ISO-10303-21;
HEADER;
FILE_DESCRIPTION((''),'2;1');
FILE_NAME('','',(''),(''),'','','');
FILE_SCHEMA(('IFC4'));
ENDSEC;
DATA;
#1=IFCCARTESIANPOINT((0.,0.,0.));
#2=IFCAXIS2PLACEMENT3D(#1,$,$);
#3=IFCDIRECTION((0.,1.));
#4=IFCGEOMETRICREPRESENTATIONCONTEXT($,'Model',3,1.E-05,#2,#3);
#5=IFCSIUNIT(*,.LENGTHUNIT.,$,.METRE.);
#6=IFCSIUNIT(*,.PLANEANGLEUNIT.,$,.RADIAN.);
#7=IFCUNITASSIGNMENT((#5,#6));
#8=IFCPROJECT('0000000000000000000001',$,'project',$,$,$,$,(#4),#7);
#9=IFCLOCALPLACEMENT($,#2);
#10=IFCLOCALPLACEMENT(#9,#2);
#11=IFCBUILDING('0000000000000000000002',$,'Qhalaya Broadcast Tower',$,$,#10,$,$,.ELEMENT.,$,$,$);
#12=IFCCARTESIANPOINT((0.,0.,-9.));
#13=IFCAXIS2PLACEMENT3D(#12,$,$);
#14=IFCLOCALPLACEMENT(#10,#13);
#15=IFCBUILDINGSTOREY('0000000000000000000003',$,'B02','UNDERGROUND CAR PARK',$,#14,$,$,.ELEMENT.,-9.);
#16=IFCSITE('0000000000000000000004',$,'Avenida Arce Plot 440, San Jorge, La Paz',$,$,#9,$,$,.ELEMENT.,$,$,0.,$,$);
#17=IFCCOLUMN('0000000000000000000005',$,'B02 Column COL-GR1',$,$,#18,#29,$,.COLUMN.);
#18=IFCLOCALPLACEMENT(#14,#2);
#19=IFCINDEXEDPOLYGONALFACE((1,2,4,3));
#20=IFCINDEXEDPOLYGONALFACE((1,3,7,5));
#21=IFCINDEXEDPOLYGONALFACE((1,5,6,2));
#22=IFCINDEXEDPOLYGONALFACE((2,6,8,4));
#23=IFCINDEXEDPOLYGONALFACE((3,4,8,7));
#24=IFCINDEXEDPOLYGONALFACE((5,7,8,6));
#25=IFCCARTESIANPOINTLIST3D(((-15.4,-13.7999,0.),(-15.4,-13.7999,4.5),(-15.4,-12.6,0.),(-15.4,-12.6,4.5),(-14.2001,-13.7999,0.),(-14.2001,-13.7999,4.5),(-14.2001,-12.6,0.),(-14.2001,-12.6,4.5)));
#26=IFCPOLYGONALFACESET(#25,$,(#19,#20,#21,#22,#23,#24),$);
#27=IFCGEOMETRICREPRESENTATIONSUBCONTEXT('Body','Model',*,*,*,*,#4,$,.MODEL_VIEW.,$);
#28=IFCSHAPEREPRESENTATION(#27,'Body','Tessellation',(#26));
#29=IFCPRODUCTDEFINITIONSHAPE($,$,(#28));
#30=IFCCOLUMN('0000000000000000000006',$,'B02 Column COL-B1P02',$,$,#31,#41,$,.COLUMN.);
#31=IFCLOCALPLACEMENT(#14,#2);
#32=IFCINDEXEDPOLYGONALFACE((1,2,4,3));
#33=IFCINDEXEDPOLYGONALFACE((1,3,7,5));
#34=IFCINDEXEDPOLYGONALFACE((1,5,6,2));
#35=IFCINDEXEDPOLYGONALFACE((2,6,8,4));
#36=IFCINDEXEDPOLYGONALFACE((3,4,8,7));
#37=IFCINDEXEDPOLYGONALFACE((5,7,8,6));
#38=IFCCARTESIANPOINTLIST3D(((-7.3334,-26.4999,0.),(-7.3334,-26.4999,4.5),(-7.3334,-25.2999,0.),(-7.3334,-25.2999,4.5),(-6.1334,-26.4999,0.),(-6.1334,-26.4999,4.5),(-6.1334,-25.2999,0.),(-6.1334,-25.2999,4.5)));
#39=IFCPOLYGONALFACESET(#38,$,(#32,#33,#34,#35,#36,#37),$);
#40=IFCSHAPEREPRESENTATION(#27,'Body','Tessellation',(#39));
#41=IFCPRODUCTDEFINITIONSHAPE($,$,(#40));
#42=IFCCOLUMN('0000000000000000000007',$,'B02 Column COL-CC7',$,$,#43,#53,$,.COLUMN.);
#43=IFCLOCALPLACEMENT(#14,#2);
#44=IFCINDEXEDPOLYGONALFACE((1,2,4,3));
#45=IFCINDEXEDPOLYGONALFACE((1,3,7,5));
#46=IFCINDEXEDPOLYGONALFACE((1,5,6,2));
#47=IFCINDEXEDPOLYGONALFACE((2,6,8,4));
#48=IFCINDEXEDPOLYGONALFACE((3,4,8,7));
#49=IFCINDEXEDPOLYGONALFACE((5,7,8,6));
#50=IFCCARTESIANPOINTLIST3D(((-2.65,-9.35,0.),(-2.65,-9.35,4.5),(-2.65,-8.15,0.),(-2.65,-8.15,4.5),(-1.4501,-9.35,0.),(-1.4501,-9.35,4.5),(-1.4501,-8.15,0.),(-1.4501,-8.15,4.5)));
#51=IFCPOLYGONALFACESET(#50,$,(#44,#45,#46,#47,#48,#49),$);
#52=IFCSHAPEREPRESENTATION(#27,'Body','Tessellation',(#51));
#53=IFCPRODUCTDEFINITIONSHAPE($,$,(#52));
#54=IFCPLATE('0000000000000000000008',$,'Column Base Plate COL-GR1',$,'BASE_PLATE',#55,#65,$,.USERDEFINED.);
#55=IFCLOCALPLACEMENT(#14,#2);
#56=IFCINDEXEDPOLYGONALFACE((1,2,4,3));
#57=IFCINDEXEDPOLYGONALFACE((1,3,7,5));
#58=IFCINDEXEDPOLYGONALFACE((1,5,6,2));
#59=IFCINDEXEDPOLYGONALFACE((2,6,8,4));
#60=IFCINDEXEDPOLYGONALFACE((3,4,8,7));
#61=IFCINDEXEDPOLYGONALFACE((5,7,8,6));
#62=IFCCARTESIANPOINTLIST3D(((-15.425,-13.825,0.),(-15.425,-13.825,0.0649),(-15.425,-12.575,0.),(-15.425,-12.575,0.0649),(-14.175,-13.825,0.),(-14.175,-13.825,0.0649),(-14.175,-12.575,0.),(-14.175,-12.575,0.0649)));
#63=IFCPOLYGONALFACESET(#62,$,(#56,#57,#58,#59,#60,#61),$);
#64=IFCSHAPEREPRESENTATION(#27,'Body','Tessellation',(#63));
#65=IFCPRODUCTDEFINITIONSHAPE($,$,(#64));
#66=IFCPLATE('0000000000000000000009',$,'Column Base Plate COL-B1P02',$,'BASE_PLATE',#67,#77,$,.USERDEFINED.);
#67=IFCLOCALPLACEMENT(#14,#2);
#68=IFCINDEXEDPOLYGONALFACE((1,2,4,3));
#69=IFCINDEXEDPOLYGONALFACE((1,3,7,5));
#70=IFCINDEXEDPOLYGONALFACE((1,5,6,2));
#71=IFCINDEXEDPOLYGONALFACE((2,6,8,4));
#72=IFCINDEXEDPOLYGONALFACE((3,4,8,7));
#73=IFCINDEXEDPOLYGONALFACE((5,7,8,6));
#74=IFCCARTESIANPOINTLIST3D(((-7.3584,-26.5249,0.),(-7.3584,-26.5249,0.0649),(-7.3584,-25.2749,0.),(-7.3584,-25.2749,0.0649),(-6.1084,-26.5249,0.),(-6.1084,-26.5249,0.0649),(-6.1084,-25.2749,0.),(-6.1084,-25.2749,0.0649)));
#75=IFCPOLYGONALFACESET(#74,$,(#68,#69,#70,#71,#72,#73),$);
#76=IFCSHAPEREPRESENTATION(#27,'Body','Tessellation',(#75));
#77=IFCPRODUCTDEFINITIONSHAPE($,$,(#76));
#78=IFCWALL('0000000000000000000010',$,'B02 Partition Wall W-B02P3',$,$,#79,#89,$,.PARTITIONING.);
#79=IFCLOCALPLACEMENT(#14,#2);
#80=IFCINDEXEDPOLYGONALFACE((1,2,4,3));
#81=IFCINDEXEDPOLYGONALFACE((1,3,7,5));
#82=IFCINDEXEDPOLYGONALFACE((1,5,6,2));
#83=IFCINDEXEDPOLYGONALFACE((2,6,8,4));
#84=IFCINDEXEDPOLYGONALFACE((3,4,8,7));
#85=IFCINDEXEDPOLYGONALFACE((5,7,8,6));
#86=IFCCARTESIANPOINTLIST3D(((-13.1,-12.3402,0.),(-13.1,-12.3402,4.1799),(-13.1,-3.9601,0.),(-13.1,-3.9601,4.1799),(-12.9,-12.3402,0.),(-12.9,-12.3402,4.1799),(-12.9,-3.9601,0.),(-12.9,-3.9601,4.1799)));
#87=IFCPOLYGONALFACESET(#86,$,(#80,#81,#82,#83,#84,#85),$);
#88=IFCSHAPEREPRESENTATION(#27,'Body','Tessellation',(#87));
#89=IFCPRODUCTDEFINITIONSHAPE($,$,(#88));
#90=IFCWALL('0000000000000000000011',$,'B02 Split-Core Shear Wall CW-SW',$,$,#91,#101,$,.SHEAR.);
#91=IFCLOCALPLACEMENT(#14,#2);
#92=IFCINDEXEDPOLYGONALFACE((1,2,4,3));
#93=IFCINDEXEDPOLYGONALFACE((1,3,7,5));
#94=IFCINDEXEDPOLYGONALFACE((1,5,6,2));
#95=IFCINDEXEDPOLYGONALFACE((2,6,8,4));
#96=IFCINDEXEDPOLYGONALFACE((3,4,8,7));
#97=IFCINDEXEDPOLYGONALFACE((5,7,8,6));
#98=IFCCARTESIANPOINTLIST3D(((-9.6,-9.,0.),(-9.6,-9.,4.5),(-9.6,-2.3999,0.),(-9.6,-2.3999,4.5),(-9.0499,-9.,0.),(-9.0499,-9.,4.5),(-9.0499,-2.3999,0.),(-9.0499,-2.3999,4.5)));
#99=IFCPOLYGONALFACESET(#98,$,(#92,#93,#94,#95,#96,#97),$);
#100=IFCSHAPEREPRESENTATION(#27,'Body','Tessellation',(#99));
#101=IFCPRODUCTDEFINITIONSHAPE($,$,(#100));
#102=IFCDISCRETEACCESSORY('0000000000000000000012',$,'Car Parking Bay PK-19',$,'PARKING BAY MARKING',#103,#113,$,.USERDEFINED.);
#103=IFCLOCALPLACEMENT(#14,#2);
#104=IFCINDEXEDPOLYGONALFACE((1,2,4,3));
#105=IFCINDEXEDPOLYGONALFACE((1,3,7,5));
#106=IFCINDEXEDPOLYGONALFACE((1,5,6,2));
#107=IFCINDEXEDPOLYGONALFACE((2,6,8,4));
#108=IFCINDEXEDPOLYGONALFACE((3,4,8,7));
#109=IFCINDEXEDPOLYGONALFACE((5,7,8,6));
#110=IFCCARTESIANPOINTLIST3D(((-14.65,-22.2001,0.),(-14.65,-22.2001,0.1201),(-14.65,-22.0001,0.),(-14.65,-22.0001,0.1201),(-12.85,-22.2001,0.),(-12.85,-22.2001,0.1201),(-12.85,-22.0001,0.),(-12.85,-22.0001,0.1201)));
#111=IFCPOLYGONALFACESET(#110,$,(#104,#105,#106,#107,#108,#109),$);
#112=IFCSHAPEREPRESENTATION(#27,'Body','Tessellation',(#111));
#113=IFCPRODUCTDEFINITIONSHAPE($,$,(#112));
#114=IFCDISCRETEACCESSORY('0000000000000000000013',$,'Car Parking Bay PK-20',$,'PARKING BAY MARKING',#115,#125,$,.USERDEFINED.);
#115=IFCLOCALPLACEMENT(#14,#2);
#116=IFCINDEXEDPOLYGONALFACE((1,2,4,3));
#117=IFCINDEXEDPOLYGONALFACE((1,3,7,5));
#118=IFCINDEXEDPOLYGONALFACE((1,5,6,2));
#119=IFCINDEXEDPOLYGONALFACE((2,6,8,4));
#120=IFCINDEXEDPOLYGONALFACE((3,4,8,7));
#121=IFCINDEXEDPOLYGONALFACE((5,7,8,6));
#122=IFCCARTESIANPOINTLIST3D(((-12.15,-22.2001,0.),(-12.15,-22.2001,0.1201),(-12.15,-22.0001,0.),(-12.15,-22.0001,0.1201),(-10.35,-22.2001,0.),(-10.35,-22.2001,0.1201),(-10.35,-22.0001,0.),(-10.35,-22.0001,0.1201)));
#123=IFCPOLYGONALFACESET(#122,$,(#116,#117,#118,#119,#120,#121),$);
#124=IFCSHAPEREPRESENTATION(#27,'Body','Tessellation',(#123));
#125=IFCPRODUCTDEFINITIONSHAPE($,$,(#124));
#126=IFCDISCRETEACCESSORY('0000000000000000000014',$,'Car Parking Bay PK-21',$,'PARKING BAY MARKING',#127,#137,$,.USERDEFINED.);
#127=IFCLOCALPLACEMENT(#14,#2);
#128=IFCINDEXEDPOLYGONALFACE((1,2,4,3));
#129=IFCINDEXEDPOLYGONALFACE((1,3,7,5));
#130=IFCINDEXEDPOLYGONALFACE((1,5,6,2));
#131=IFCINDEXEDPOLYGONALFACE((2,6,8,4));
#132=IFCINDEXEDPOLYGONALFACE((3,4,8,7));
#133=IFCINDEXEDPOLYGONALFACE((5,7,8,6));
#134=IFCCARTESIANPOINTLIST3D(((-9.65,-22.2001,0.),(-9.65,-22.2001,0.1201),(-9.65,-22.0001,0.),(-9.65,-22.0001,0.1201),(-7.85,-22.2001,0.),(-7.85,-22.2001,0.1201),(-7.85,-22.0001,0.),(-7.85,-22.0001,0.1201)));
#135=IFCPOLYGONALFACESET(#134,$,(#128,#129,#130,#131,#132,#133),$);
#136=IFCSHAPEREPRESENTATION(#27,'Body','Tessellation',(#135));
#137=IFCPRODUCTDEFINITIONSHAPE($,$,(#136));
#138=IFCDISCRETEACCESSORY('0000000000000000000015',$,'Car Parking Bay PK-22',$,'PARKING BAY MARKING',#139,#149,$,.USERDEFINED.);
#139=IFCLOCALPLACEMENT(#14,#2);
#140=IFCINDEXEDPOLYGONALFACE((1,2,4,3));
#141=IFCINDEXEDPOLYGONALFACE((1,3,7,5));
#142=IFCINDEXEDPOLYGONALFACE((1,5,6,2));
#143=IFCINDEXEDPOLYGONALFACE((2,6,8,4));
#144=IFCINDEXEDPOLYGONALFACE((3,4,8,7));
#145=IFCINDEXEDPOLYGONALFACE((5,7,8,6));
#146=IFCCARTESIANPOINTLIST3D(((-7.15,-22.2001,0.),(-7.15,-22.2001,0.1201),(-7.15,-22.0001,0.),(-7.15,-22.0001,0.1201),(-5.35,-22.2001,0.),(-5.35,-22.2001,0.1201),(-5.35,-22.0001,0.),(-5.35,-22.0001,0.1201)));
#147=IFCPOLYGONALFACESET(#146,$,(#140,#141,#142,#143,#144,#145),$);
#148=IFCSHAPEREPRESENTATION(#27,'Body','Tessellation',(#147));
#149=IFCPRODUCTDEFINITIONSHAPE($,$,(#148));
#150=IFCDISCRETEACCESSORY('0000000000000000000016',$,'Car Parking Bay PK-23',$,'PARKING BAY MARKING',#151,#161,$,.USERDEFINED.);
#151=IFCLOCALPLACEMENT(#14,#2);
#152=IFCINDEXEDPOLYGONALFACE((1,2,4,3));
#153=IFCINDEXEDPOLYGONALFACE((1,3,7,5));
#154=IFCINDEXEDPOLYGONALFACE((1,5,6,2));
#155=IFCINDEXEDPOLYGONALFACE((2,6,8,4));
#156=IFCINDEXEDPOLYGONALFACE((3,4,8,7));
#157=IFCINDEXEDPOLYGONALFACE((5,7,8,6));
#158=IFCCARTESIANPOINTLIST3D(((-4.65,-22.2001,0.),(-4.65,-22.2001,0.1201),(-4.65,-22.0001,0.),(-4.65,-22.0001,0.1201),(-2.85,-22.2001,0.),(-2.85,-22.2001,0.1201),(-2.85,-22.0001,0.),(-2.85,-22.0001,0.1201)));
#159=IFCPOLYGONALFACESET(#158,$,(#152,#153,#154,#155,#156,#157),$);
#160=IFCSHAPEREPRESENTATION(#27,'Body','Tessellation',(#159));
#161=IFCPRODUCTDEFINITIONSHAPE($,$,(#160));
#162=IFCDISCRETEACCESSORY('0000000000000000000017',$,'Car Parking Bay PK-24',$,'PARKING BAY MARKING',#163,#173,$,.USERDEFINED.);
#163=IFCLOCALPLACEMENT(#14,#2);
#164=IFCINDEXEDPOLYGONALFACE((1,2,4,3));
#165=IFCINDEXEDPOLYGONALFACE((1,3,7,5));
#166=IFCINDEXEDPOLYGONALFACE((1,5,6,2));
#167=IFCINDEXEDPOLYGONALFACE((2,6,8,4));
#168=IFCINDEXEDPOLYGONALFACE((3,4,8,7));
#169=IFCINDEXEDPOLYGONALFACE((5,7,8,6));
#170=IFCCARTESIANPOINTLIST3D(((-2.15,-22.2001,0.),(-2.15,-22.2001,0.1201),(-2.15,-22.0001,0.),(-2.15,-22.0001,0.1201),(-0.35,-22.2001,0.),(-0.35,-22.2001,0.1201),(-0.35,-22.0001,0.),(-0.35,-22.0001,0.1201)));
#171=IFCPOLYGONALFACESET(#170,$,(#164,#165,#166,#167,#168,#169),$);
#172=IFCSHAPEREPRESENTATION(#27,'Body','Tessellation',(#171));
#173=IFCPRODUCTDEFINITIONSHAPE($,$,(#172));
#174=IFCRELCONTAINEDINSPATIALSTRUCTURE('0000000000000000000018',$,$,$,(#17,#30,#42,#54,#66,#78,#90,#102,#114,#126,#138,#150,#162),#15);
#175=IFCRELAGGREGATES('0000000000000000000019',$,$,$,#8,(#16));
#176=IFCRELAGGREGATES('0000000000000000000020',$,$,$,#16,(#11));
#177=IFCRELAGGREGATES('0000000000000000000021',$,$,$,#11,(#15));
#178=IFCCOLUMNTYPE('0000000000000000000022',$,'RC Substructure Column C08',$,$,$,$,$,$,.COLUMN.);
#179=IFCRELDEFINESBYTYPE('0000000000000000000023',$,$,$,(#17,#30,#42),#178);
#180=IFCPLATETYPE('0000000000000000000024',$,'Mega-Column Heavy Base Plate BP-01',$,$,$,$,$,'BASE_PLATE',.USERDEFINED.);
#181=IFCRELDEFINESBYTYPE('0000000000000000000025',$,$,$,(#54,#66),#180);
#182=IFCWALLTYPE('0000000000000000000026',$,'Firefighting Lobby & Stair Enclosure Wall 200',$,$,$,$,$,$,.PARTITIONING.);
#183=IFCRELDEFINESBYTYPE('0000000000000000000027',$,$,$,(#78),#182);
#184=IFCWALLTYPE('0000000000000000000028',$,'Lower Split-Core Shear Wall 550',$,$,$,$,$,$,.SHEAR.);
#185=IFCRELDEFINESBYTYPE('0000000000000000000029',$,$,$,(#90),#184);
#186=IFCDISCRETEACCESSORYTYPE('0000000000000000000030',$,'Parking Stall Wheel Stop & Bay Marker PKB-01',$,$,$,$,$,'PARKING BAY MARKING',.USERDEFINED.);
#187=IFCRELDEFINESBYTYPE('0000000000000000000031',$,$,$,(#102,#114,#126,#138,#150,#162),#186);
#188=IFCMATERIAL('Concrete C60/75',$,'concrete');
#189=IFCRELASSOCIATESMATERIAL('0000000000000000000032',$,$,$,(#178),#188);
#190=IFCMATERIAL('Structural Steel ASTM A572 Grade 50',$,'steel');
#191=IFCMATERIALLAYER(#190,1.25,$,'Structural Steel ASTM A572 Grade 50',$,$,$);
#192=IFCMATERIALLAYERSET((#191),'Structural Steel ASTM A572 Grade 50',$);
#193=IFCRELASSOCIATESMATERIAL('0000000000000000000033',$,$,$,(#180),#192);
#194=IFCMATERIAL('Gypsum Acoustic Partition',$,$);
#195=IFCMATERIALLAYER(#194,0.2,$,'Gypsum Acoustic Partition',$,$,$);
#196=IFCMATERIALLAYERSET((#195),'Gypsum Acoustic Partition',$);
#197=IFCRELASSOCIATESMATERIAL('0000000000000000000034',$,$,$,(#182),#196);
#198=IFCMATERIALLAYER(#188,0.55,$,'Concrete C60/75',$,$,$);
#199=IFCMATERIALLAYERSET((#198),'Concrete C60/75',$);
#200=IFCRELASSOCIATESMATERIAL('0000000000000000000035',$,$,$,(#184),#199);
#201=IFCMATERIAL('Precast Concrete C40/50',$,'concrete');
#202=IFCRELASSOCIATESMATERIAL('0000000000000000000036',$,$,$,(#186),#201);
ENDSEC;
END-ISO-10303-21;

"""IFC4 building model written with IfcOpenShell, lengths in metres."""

from ifc_helpers import new_model, si_unit, direction, frame, frame_2d, origin, origin_2d, place, context, subcontext, project, spatial, rectangle, extrude, material, layer, layer_set, material_profile, profile_set, type_object, element, save


model = new_model("IFC4")

# Units and contexts
model_context = context("Model", 3, precision=1e-05, world=origin(), true_north=direction((0.0, 1.0)))
body_context = subcontext(model_context, "Body", "Model", "MODEL_VIEW")
ifc_project = project(units=[si_unit("LENGTHUNIT", "METRE"), si_unit("PLANEANGLEUNIT", "RADIAN")], contexts=[model_context])

# Site, building, storey
site_placement = place(None, origin())
site = spatial("IfcSite", under=ifc_project, at=site_placement, Name="Avenida Arce Plot 440, San Jorge, La Paz", CompositionType="ELEMENT", RefElevation=0.0)
building_placement = place(site_placement, origin())
building = spatial("IfcBuilding", under=site, at=building_placement, Name="Qhalaya Broadcast Tower", CompositionType="ELEMENT")
storey_placement = place(building_placement, frame((0.0, 0.0, -9.0)))
storey = spatial("IfcBuildingStorey", under=building, at=storey_placement, Name="B02", Description="UNDERGROUND CAR PARK", CompositionType="ELEMENT", Elevation=-9.0)

# Columns
ifc_material_1 = material(Name="Concrete C60/75", Category="concrete")
ifc_material_profile_1 = material_profile(ifc_material_1, rectangle(XDim=1.2, YDim=1.2, at=origin_2d()), Name="RC-COL 1200x1200")
ifc_profile_set_1 = profile_set([ifc_material_profile_1], Name="Concrete C60/75")
column_type = type_object("IfcColumnType", Name="RC Substructure Column C08", PredefinedType="COLUMN", material=ifc_profile_set_1)
for number, where, z_axis, x_axis, name in (
    (1, (-14.8, -13.2, 0.0), (0.0, 0.0, 1.0), (1.0, 0.0, 0.0), "B02 Column COL-GR1"),
    (2, (-6.7334, -25.8999, 0.0), (0.0, 0.0, 1.0), (1.0, 0.0, 0.0), "B02 Column COL-B1P02"),
    (3, (-2.05, -8.75, 0.0), (0.0, 0.0, 1.0), (1.0, 0.0, 0.0), "B02 Column COL-CC7"),
):
    element("IfcColumn", number, at=place(storey_placement, frame(where, z_axis=z_axis, x_axis=x_axis)), inside=storey, type_object=column_type, Name=name, PredefinedType="COLUMN", context=body_context, shape_type="SweptSolid", body=[
        extrude(rectangle(XDim=1.2, YDim=1.2, at=origin_2d()), origin(), (0.0, 0.0, 1.0), 4.5),
    ])

# Plates
ifc_material_2 = material(Name="Structural Steel ASTM A572 Grade 50", Category="steel")
ifc_layer_1 = layer(ifc_material_2, 1.25, Name="Structural Steel ASTM A572 Grade 50")
ifc_layer_set_1 = layer_set([ifc_layer_1], Name="Structural Steel ASTM A572 Grade 50")
plate_type = type_object("IfcPlateType", Name="Mega-Column Heavy Base Plate BP-01", ElementType="BASE_PLATE", PredefinedType="USERDEFINED", material=ifc_layer_set_1)
for number, where, z_axis, x_axis, name in (
    (4, (-14.8, -13.2, 0.0), (0.0, 0.0, 1.0), (1.0, 0.0, 0.0), "Column Base Plate COL-GR1"),
    (5, (-6.7334, -25.8999, 0.0), (0.0, 0.0, 1.0), (1.0, 0.0, 0.0), "Column Base Plate COL-B1P02"),
):
    element("IfcPlate", number, at=place(storey_placement, frame(where, z_axis=z_axis, x_axis=x_axis)), inside=storey, type_object=plate_type, Name=name, ObjectType="BASE_PLATE", PredefinedType="USERDEFINED", context=body_context, shape_type="SweptSolid", body=[
        extrude(rectangle(XDim=1.25, YDim=1.25, at=origin_2d()), origin(), (0.0, 0.0, 1.0), 0.0649),
    ])

# Walls
ifc_material_3 = material(Name="Gypsum Acoustic Partition")
ifc_layer_2 = layer(ifc_material_3, 0.2, Name="Gypsum Acoustic Partition")
ifc_layer_set_2 = layer_set([ifc_layer_2], Name="Gypsum Acoustic Partition")
wall_type_1 = type_object("IfcWallType", Name="Firefighting Lobby & Stair Enclosure Wall 200", PredefinedType="PARTITIONING", material=ifc_layer_set_2)
wall_1_placement = place(storey_placement, frame((-13.0, -12.3401, 0.0), z_axis=(0.0, 0.0, 1.0), x_axis=(0.0, 1.0, 0.0)))
element("IfcWall", 6, at=wall_1_placement, inside=storey, type_object=wall_type_1, Name="B02 Partition Wall W-B02P3", PredefinedType="PARTITIONING", context=body_context, shape_type="SweptSolid", body=[
    extrude(rectangle(XDim=8.3801, YDim=0.2, at=frame_2d((4.1899, 0.0))), origin(), (0.0, 0.0, 1.0), 4.1799),
])
ifc_layer_3 = layer(ifc_material_1, 0.55, Name="Concrete C60/75")
ifc_layer_set_3 = layer_set([ifc_layer_3], Name="Concrete C60/75")
wall_type_2 = type_object("IfcWallType", Name="Lower Split-Core Shear Wall 550", PredefinedType="SHEAR", material=ifc_layer_set_3)
wall_2_placement = place(storey_placement, frame((-9.325, -9.0, 0.0), z_axis=(0.0, 0.0, 1.0), x_axis=(0.0, 1.0, 0.0)))
element("IfcWall", 7, at=wall_2_placement, inside=storey, type_object=wall_type_2, Name="B02 Split-Core Shear Wall CW-SW", PredefinedType="SHEAR", context=body_context, shape_type="SweptSolid", body=[
    extrude(rectangle(XDim=6.6001, YDim=0.55, at=frame_2d((3.3, 0.0))), origin(), (0.0, 0.0, 1.0), 4.5),
])

# Discrete accessories
ifc_material_4 = material(Name="Precast Concrete C40/50", Category="concrete")
discrete_accessory_type = type_object("IfcDiscreteAccessoryType", Name="Parking Stall Wheel Stop & Bay Marker PKB-01", ElementType="PARKING BAY MARKING", PredefinedType="USERDEFINED", material=ifc_material_4)
for number, where, z_axis, x_axis, name in (
    (8, (-13.75, -22.1001, 0.0), (0.0, 0.0, 1.0), (1.0, 0.0, 0.0), "Car Parking Bay PK-19"),
    (9, (-11.25, -22.1001, 0.0), (0.0, 0.0, 1.0), (1.0, 0.0, 0.0), "Car Parking Bay PK-20"),
    (10, (-8.75, -22.1001, 0.0), (0.0, 0.0, 1.0), (1.0, 0.0, 0.0), "Car Parking Bay PK-21"),
    (11, (-6.25, -22.1001, 0.0), (0.0, 0.0, 1.0), (1.0, 0.0, 0.0), "Car Parking Bay PK-22"),
    (12, (-3.75, -22.1001, 0.0), (0.0, 0.0, 1.0), (1.0, 0.0, 0.0), "Car Parking Bay PK-23"),
    (13, (-1.25, -22.1001, 0.0), (0.0, 0.0, 1.0), (1.0, 0.0, 0.0), "Car Parking Bay PK-24"),
):
    element("IfcDiscreteAccessory", number, at=place(storey_placement, frame(where, z_axis=z_axis, x_axis=x_axis)), inside=storey, type_object=discrete_accessory_type, Name=name, ObjectType="PARKING BAY MARKING", PredefinedType="USERDEFINED", context=body_context, shape_type="SweptSolid", body=[
        extrude(rectangle(XDim=1.8, YDim=0.2, at=origin_2d()), origin(), (0.0, 0.0, 1.0), 0.1201),
    ])

save(model, "model.ifc")
